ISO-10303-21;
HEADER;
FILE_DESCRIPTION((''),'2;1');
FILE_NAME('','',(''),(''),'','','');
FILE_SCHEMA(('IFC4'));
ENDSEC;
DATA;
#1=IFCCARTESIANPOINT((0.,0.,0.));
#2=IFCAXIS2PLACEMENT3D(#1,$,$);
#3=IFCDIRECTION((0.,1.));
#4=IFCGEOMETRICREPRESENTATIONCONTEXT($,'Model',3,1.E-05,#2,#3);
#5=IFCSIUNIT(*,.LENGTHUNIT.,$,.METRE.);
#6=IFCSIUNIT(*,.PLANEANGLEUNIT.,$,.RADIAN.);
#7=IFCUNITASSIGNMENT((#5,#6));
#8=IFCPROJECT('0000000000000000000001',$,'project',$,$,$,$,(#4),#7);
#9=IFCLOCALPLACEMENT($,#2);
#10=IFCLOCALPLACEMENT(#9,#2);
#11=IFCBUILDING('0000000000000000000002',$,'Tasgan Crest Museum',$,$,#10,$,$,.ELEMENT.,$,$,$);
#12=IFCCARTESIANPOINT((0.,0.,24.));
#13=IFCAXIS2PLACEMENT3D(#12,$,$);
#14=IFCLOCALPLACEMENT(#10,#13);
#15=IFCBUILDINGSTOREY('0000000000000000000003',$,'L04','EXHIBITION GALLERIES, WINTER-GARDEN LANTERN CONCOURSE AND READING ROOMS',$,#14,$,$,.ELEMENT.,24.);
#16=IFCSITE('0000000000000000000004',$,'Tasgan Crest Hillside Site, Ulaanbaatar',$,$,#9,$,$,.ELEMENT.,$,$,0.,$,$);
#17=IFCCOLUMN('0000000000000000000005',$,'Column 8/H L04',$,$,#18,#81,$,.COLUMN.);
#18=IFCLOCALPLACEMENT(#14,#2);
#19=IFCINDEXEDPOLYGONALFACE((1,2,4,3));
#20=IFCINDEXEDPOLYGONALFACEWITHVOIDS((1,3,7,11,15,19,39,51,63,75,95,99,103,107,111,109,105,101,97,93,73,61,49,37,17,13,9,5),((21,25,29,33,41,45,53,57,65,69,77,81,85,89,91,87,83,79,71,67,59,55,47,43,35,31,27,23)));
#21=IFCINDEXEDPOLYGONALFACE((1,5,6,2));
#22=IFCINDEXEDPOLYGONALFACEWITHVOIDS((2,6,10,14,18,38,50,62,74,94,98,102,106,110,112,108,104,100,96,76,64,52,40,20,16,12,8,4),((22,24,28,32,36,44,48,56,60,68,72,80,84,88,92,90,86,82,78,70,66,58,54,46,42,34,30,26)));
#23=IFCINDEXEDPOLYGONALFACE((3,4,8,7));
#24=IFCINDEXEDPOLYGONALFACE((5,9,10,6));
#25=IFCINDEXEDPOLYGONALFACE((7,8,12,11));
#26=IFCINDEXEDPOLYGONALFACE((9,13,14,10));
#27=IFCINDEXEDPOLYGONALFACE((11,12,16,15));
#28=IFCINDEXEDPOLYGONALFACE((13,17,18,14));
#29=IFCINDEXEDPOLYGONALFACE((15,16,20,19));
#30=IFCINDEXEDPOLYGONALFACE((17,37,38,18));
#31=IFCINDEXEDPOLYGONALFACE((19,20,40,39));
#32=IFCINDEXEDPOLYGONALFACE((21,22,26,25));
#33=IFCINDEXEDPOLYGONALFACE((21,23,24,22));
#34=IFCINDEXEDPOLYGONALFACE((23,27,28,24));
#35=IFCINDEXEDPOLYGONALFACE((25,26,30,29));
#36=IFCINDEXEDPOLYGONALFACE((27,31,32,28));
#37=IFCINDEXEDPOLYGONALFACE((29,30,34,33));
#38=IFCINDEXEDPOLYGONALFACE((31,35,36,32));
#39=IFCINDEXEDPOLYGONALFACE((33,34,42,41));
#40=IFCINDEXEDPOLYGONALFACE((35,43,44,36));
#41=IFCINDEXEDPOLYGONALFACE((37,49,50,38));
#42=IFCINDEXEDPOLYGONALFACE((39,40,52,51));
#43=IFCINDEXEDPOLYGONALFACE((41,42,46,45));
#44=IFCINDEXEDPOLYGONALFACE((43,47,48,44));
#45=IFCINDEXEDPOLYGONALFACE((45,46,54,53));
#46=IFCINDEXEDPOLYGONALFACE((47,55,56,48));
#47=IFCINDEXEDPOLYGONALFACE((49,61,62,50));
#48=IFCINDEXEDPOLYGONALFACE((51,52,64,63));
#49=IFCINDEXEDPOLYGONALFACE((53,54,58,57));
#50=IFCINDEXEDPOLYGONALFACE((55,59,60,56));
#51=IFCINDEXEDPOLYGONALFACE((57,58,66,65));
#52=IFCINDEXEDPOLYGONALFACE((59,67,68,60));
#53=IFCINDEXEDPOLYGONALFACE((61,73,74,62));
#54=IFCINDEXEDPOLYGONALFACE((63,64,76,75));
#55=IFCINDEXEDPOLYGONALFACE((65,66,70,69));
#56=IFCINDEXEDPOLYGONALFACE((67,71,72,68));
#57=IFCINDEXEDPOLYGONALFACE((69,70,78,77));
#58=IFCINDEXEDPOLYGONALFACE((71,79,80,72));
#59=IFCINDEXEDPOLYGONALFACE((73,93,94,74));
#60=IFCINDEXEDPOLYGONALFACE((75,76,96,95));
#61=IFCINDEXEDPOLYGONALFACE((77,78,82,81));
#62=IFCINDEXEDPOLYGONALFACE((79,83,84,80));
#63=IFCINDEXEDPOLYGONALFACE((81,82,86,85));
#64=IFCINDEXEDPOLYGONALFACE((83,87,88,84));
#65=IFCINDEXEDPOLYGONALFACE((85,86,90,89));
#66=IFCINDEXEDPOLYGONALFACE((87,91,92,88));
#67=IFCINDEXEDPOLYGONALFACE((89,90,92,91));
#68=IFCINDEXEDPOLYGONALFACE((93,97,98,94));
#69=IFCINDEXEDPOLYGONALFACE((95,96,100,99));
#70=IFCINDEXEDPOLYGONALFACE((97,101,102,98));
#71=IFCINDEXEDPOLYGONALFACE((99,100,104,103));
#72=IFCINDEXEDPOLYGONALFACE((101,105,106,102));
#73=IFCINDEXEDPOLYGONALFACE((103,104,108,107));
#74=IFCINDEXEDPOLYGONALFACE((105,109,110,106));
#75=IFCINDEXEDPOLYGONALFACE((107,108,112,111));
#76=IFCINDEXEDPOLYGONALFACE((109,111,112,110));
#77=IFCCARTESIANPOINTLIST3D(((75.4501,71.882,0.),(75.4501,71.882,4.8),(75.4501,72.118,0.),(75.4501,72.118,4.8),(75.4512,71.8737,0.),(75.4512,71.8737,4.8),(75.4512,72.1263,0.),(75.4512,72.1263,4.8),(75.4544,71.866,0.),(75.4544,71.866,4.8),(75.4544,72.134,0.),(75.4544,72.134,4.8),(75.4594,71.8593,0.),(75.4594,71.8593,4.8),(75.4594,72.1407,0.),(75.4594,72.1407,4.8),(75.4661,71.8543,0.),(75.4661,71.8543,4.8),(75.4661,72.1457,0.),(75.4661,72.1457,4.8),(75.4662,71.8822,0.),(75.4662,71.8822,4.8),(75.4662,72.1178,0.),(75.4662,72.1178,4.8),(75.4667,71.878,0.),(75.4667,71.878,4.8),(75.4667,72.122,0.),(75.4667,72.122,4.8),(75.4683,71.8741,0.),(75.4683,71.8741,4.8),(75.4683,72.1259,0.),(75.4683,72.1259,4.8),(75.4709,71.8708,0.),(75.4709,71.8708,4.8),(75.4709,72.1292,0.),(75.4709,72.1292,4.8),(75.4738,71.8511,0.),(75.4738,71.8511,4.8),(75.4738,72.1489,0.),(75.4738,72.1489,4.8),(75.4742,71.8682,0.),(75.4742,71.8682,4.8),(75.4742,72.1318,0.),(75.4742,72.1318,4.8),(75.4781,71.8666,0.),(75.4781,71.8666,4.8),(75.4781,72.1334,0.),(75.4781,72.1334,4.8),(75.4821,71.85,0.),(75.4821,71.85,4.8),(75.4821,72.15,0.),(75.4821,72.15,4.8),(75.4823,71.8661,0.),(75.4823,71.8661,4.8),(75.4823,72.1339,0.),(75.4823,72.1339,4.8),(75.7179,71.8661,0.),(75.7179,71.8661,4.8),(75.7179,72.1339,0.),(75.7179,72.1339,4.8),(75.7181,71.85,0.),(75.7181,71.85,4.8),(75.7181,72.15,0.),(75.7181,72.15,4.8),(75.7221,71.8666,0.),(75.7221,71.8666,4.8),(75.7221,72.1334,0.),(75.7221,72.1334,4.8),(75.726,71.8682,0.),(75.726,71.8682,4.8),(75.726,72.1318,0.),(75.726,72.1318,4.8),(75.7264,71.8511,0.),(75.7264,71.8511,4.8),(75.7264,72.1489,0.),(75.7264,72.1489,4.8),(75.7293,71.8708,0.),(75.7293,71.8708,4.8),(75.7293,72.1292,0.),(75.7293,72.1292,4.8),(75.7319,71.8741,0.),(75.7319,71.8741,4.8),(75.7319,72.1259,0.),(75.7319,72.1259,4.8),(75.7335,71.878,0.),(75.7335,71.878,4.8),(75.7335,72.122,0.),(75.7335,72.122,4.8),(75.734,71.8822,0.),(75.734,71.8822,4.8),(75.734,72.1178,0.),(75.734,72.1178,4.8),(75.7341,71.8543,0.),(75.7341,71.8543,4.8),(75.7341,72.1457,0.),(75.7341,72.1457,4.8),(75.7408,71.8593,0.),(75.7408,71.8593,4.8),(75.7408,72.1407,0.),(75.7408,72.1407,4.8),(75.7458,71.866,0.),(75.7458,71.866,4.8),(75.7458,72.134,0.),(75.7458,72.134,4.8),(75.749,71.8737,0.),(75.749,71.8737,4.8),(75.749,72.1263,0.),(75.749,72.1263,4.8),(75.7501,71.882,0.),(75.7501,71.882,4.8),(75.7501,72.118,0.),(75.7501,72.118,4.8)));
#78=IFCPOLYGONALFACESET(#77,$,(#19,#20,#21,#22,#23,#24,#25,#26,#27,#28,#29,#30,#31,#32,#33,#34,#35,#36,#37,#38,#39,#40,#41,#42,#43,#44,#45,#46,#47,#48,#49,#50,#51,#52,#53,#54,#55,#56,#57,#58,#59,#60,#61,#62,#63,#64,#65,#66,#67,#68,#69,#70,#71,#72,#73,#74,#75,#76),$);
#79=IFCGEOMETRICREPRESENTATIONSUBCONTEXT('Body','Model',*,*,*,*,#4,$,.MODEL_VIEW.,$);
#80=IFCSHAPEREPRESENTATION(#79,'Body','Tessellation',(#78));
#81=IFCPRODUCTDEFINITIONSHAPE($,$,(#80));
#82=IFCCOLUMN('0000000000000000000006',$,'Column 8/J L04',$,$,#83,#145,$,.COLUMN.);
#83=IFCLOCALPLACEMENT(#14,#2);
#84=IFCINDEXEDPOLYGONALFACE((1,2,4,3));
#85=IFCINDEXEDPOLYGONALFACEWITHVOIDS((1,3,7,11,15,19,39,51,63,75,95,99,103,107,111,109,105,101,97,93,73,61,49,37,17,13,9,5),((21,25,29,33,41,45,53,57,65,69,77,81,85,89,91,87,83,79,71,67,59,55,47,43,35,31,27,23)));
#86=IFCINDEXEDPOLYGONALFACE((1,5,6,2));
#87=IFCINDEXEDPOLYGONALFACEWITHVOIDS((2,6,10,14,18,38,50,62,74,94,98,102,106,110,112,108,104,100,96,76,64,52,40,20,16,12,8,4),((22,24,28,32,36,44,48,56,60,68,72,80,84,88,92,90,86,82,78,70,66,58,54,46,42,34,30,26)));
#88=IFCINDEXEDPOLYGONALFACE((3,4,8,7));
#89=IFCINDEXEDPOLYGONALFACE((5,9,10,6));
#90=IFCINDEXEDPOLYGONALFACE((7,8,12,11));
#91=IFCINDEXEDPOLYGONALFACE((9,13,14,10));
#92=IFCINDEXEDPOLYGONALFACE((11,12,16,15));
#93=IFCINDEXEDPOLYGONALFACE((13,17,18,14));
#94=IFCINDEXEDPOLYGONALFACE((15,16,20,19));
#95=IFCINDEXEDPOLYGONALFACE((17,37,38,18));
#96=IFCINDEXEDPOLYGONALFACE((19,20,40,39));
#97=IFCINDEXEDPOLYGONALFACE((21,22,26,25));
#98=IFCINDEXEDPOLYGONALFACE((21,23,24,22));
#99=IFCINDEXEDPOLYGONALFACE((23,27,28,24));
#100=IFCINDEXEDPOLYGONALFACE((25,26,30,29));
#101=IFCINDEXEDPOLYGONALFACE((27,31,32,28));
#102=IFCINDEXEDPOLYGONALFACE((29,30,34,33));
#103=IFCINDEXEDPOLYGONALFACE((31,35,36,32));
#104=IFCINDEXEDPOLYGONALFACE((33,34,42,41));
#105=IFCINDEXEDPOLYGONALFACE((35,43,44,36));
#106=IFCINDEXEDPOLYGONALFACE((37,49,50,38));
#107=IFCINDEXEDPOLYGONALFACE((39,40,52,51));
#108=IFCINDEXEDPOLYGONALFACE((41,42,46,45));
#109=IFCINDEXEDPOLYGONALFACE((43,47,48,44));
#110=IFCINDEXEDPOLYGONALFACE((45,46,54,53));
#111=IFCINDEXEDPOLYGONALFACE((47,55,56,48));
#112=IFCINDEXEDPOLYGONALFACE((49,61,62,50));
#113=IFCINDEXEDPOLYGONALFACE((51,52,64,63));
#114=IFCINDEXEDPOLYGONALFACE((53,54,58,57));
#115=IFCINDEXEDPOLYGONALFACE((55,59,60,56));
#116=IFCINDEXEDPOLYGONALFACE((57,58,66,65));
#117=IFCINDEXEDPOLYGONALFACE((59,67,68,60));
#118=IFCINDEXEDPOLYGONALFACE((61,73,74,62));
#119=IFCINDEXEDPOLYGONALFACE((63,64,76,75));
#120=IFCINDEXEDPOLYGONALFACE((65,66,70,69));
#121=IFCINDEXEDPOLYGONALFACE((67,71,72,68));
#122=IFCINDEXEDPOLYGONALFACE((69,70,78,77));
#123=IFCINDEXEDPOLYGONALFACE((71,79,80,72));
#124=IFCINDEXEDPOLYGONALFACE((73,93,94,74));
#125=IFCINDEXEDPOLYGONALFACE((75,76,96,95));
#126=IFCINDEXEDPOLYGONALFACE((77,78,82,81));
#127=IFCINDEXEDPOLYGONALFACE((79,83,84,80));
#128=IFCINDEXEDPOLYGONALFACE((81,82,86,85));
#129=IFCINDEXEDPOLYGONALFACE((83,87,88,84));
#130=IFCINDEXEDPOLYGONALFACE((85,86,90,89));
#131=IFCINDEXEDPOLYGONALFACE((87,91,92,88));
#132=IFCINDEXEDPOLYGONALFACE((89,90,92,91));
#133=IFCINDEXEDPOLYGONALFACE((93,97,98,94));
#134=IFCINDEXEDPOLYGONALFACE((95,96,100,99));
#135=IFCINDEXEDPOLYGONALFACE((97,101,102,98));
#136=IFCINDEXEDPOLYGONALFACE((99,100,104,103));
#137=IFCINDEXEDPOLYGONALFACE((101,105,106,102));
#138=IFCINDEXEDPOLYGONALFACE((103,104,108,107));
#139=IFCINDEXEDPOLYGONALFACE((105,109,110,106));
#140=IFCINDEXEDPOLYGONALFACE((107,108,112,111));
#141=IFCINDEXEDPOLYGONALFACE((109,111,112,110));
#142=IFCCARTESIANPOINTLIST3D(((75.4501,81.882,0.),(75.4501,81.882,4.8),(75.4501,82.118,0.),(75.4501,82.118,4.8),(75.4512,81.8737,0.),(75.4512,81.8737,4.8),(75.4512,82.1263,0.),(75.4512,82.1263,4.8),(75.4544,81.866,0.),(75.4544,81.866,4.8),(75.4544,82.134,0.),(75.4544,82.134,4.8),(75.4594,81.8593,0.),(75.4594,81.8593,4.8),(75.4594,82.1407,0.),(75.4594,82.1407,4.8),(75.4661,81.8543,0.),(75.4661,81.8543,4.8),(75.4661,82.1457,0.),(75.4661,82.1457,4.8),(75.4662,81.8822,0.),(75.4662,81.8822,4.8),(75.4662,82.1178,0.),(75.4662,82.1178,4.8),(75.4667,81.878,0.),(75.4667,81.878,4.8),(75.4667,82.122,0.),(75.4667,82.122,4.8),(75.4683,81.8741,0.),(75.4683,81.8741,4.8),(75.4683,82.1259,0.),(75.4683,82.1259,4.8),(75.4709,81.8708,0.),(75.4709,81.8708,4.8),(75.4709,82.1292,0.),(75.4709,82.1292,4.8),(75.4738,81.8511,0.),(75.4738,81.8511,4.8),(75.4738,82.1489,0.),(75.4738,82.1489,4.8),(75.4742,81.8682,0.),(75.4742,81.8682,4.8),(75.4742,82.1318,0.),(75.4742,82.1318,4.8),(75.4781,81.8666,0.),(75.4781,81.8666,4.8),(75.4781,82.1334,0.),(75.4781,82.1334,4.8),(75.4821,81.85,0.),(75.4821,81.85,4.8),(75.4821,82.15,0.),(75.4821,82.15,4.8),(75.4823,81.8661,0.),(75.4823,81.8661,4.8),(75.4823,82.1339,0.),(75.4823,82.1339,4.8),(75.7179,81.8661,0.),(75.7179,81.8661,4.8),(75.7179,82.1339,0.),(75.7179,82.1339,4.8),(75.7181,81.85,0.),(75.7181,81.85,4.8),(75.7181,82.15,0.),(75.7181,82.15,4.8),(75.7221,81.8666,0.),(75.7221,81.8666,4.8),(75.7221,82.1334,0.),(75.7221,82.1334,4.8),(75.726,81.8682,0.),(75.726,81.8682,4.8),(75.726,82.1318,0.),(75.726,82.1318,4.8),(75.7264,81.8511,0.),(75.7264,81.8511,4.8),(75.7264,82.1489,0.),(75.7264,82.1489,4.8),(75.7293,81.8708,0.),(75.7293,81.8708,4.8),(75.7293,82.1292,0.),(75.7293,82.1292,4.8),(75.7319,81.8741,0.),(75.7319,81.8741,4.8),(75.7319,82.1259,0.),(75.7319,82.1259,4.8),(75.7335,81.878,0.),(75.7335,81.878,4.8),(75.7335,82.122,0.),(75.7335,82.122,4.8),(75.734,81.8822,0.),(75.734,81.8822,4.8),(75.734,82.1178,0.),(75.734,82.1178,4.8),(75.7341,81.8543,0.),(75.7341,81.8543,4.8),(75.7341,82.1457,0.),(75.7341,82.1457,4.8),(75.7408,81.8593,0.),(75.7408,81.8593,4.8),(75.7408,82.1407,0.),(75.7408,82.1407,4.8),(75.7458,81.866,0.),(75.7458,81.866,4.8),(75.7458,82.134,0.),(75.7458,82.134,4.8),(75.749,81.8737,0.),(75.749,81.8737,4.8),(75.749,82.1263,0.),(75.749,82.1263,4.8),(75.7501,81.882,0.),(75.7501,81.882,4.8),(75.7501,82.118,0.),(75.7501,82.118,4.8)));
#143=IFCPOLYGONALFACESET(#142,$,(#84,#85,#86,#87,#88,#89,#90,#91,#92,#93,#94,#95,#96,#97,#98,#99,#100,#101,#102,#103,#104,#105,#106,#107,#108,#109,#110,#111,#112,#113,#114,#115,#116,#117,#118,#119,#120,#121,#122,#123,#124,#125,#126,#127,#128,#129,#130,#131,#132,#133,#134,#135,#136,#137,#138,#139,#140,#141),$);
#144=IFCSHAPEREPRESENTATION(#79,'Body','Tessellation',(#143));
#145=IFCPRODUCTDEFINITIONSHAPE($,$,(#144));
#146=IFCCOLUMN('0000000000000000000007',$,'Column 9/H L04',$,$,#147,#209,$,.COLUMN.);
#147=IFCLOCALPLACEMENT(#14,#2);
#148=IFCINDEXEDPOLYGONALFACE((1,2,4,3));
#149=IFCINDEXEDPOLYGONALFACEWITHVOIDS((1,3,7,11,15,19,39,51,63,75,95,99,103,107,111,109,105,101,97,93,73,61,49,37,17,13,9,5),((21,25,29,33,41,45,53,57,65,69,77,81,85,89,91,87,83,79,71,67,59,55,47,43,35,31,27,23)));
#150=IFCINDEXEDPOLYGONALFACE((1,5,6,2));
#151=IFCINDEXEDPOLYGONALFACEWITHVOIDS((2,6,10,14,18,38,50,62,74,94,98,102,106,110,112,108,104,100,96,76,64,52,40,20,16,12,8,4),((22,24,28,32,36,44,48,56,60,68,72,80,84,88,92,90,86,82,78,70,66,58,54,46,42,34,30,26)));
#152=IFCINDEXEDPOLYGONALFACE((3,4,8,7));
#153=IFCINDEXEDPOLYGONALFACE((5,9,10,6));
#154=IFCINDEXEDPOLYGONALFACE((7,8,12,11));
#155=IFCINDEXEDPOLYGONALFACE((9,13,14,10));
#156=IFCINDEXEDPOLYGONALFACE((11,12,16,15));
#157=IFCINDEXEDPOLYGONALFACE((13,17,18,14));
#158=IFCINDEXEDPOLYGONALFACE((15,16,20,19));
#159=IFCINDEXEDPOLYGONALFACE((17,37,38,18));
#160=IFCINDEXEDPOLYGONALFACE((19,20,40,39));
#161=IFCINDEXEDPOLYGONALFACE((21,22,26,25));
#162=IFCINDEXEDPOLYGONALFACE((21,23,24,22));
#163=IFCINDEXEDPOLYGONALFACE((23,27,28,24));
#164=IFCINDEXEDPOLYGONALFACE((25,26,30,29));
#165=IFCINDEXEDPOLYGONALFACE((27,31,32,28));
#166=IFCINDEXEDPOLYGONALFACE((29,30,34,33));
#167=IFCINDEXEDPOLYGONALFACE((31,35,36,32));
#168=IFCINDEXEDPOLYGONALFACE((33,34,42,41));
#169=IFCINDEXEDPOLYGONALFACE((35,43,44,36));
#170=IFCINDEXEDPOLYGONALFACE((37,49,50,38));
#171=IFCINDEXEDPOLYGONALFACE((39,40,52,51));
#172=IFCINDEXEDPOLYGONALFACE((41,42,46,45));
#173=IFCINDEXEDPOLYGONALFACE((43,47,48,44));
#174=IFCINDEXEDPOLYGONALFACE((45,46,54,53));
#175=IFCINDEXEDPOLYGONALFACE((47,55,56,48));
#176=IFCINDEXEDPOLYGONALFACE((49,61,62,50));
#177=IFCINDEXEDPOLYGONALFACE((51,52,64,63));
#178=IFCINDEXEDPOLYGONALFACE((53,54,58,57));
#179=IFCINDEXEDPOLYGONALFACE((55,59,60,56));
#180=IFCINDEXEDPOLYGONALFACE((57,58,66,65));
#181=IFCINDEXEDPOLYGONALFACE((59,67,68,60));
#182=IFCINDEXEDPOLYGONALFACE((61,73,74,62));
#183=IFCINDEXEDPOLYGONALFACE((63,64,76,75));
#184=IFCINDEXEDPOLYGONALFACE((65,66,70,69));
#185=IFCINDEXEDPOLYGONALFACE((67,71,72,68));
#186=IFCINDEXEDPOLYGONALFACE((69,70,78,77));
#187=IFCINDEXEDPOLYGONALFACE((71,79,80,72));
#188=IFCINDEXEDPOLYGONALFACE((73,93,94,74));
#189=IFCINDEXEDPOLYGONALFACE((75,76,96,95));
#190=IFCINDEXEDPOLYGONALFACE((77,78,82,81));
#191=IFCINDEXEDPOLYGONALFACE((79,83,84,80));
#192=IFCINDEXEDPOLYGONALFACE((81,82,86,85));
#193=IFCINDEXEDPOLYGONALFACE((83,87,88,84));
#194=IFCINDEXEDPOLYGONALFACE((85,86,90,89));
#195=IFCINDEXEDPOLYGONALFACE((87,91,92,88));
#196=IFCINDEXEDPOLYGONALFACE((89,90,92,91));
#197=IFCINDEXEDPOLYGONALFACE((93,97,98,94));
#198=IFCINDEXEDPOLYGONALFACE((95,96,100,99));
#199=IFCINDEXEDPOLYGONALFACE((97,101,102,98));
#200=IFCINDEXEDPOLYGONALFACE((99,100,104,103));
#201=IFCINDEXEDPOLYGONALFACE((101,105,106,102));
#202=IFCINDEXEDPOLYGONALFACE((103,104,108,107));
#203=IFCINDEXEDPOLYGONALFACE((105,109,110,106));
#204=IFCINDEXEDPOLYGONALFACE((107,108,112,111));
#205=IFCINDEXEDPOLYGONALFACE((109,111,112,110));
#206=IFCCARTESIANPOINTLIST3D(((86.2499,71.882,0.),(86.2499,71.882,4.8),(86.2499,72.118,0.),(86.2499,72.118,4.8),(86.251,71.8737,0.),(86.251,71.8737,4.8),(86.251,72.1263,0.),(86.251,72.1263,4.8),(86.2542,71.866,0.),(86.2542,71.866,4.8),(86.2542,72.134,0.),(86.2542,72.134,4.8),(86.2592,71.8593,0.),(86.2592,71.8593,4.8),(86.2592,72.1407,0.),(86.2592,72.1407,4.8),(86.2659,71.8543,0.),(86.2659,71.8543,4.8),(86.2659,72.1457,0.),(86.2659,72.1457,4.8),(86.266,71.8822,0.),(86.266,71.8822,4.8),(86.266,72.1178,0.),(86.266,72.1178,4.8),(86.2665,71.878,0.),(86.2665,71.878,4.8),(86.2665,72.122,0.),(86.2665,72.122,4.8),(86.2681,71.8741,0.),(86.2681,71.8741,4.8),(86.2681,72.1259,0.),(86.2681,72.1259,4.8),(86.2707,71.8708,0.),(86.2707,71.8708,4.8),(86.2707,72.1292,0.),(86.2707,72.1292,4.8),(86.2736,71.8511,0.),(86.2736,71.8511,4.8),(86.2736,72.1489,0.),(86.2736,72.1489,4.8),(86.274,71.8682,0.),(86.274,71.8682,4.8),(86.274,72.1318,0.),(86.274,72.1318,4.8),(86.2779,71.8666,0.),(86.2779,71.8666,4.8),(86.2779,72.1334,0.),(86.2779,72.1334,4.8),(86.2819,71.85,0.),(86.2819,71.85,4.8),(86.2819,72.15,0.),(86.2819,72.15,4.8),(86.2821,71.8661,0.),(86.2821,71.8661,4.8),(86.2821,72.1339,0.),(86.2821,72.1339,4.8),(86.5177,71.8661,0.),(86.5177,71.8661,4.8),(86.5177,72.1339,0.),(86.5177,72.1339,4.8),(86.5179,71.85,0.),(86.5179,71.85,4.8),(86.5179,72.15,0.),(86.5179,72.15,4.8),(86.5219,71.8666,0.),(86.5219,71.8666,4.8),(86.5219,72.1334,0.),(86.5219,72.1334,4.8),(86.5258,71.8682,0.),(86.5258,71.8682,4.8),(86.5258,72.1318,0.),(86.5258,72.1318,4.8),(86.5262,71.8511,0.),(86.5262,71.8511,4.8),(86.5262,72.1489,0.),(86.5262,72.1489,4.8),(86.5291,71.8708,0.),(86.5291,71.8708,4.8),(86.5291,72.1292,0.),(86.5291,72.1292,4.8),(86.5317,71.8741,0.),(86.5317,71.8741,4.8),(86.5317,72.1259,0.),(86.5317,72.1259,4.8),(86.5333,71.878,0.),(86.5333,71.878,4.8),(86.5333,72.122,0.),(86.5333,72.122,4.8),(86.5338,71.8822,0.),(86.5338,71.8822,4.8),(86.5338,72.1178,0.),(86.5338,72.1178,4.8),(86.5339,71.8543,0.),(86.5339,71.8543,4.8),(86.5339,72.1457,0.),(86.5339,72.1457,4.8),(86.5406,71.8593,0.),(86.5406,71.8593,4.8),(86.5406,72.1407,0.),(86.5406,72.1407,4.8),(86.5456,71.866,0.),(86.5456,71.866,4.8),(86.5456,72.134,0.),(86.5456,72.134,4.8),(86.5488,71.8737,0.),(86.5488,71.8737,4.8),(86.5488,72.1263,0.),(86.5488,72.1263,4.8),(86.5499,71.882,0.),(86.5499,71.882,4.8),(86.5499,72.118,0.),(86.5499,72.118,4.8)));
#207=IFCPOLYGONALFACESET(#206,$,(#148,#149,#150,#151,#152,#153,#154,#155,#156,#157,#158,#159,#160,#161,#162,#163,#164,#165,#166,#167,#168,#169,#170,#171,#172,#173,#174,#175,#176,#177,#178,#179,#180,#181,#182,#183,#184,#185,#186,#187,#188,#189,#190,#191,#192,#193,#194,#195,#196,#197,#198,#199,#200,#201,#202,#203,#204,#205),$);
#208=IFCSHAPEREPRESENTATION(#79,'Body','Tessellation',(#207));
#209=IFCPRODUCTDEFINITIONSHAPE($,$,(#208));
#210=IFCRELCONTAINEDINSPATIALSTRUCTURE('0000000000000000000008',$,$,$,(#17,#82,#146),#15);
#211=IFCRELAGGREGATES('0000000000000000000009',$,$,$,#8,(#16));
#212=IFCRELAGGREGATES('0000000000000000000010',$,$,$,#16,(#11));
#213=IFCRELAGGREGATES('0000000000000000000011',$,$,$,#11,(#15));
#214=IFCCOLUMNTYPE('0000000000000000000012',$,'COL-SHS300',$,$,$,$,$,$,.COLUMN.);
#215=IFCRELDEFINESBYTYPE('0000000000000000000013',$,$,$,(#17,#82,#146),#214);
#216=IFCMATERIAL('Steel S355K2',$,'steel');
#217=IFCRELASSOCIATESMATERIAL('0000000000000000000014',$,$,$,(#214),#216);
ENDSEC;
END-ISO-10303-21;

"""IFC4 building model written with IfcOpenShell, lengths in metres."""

from ifc_helpers import new_model, si_unit, direction, frame, origin, origin_2d, place, context, subcontext, project, spatial, hollow_rectangle, extrude, material, material_profile, profile_set, type_object, element, save


model = new_model("IFC4")

# Units and contexts
model_context = context("Model", 3, precision=1e-05, world=origin(), true_north=direction((0.0, 1.0)))
body_context = subcontext(model_context, "Body", "Model", "MODEL_VIEW")
ifc_project = project(units=[si_unit("LENGTHUNIT", "METRE"), si_unit("PLANEANGLEUNIT", "RADIAN")], contexts=[model_context])

# Site, building, storey
site_placement = place(None, origin())
site = spatial("IfcSite", under=ifc_project, at=site_placement, Name="Tasgan Crest Hillside Site, Ulaanbaatar", CompositionType="ELEMENT", RefElevation=0.0)
building_placement = place(site_placement, origin())
building = spatial("IfcBuilding", under=site, at=building_placement, Name="Tasgan Crest Museum", CompositionType="ELEMENT")
storey_placement = place(building_placement, frame((0.0, 0.0, 24.0)))
storey = spatial("IfcBuildingStorey", under=building, at=storey_placement, Name="L04", Description="EXHIBITION GALLERIES, WINTER-GARDEN LANTERN CONCOURSE AND READING ROOMS", CompositionType="ELEMENT", Elevation=24.0)

# Columns
ifc_material_1 = material(Name="Steel S355K2", Category="steel")
ifc_material_profile_1 = material_profile(ifc_material_1, hollow_rectangle(XDim=0.3, YDim=0.3, WallThickness=0.0161, InnerFilletRadius=0.0161, OuterFilletRadius=0.032, at=origin_2d()), Name="SHS 300x300x16")
ifc_profile_set_1 = profile_set([ifc_material_profile_1], Name="Steel S355K2")
column_type = type_object("IfcColumnType", Name="COL-SHS300", PredefinedType="COLUMN", material=ifc_profile_set_1)
for number, where, z_axis, x_axis, name in (
    (1, (75.6001, 72.0, 0.0), (0.0, 0.0, 1.0), (1.0, 0.0, 0.0), "Column 8/H L04"),
    (2, (75.6001, 82.0, 0.0), (0.0, 0.0, 1.0), (1.0, 0.0, 0.0), "Column 8/J L04"),
    (3, (86.3999, 72.0, 0.0), (0.0, 0.0, 1.0), (1.0, 0.0, 0.0), "Column 9/H L04"),
):
    element("IfcColumn", number, at=place(storey_placement, frame(where, z_axis=z_axis, x_axis=x_axis)), inside=storey, type_object=column_type, Name=name, PredefinedType="COLUMN", context=body_context, shape_type="SweptSolid", body=[
        extrude(hollow_rectangle(XDim=0.3, YDim=0.3, WallThickness=0.0161, InnerFilletRadius=0.0161, OuterFilletRadius=0.032, at=origin_2d()), origin(), (0.0, 0.0, 1.0), 4.8),
    ])

save(model, "model.ifc")
